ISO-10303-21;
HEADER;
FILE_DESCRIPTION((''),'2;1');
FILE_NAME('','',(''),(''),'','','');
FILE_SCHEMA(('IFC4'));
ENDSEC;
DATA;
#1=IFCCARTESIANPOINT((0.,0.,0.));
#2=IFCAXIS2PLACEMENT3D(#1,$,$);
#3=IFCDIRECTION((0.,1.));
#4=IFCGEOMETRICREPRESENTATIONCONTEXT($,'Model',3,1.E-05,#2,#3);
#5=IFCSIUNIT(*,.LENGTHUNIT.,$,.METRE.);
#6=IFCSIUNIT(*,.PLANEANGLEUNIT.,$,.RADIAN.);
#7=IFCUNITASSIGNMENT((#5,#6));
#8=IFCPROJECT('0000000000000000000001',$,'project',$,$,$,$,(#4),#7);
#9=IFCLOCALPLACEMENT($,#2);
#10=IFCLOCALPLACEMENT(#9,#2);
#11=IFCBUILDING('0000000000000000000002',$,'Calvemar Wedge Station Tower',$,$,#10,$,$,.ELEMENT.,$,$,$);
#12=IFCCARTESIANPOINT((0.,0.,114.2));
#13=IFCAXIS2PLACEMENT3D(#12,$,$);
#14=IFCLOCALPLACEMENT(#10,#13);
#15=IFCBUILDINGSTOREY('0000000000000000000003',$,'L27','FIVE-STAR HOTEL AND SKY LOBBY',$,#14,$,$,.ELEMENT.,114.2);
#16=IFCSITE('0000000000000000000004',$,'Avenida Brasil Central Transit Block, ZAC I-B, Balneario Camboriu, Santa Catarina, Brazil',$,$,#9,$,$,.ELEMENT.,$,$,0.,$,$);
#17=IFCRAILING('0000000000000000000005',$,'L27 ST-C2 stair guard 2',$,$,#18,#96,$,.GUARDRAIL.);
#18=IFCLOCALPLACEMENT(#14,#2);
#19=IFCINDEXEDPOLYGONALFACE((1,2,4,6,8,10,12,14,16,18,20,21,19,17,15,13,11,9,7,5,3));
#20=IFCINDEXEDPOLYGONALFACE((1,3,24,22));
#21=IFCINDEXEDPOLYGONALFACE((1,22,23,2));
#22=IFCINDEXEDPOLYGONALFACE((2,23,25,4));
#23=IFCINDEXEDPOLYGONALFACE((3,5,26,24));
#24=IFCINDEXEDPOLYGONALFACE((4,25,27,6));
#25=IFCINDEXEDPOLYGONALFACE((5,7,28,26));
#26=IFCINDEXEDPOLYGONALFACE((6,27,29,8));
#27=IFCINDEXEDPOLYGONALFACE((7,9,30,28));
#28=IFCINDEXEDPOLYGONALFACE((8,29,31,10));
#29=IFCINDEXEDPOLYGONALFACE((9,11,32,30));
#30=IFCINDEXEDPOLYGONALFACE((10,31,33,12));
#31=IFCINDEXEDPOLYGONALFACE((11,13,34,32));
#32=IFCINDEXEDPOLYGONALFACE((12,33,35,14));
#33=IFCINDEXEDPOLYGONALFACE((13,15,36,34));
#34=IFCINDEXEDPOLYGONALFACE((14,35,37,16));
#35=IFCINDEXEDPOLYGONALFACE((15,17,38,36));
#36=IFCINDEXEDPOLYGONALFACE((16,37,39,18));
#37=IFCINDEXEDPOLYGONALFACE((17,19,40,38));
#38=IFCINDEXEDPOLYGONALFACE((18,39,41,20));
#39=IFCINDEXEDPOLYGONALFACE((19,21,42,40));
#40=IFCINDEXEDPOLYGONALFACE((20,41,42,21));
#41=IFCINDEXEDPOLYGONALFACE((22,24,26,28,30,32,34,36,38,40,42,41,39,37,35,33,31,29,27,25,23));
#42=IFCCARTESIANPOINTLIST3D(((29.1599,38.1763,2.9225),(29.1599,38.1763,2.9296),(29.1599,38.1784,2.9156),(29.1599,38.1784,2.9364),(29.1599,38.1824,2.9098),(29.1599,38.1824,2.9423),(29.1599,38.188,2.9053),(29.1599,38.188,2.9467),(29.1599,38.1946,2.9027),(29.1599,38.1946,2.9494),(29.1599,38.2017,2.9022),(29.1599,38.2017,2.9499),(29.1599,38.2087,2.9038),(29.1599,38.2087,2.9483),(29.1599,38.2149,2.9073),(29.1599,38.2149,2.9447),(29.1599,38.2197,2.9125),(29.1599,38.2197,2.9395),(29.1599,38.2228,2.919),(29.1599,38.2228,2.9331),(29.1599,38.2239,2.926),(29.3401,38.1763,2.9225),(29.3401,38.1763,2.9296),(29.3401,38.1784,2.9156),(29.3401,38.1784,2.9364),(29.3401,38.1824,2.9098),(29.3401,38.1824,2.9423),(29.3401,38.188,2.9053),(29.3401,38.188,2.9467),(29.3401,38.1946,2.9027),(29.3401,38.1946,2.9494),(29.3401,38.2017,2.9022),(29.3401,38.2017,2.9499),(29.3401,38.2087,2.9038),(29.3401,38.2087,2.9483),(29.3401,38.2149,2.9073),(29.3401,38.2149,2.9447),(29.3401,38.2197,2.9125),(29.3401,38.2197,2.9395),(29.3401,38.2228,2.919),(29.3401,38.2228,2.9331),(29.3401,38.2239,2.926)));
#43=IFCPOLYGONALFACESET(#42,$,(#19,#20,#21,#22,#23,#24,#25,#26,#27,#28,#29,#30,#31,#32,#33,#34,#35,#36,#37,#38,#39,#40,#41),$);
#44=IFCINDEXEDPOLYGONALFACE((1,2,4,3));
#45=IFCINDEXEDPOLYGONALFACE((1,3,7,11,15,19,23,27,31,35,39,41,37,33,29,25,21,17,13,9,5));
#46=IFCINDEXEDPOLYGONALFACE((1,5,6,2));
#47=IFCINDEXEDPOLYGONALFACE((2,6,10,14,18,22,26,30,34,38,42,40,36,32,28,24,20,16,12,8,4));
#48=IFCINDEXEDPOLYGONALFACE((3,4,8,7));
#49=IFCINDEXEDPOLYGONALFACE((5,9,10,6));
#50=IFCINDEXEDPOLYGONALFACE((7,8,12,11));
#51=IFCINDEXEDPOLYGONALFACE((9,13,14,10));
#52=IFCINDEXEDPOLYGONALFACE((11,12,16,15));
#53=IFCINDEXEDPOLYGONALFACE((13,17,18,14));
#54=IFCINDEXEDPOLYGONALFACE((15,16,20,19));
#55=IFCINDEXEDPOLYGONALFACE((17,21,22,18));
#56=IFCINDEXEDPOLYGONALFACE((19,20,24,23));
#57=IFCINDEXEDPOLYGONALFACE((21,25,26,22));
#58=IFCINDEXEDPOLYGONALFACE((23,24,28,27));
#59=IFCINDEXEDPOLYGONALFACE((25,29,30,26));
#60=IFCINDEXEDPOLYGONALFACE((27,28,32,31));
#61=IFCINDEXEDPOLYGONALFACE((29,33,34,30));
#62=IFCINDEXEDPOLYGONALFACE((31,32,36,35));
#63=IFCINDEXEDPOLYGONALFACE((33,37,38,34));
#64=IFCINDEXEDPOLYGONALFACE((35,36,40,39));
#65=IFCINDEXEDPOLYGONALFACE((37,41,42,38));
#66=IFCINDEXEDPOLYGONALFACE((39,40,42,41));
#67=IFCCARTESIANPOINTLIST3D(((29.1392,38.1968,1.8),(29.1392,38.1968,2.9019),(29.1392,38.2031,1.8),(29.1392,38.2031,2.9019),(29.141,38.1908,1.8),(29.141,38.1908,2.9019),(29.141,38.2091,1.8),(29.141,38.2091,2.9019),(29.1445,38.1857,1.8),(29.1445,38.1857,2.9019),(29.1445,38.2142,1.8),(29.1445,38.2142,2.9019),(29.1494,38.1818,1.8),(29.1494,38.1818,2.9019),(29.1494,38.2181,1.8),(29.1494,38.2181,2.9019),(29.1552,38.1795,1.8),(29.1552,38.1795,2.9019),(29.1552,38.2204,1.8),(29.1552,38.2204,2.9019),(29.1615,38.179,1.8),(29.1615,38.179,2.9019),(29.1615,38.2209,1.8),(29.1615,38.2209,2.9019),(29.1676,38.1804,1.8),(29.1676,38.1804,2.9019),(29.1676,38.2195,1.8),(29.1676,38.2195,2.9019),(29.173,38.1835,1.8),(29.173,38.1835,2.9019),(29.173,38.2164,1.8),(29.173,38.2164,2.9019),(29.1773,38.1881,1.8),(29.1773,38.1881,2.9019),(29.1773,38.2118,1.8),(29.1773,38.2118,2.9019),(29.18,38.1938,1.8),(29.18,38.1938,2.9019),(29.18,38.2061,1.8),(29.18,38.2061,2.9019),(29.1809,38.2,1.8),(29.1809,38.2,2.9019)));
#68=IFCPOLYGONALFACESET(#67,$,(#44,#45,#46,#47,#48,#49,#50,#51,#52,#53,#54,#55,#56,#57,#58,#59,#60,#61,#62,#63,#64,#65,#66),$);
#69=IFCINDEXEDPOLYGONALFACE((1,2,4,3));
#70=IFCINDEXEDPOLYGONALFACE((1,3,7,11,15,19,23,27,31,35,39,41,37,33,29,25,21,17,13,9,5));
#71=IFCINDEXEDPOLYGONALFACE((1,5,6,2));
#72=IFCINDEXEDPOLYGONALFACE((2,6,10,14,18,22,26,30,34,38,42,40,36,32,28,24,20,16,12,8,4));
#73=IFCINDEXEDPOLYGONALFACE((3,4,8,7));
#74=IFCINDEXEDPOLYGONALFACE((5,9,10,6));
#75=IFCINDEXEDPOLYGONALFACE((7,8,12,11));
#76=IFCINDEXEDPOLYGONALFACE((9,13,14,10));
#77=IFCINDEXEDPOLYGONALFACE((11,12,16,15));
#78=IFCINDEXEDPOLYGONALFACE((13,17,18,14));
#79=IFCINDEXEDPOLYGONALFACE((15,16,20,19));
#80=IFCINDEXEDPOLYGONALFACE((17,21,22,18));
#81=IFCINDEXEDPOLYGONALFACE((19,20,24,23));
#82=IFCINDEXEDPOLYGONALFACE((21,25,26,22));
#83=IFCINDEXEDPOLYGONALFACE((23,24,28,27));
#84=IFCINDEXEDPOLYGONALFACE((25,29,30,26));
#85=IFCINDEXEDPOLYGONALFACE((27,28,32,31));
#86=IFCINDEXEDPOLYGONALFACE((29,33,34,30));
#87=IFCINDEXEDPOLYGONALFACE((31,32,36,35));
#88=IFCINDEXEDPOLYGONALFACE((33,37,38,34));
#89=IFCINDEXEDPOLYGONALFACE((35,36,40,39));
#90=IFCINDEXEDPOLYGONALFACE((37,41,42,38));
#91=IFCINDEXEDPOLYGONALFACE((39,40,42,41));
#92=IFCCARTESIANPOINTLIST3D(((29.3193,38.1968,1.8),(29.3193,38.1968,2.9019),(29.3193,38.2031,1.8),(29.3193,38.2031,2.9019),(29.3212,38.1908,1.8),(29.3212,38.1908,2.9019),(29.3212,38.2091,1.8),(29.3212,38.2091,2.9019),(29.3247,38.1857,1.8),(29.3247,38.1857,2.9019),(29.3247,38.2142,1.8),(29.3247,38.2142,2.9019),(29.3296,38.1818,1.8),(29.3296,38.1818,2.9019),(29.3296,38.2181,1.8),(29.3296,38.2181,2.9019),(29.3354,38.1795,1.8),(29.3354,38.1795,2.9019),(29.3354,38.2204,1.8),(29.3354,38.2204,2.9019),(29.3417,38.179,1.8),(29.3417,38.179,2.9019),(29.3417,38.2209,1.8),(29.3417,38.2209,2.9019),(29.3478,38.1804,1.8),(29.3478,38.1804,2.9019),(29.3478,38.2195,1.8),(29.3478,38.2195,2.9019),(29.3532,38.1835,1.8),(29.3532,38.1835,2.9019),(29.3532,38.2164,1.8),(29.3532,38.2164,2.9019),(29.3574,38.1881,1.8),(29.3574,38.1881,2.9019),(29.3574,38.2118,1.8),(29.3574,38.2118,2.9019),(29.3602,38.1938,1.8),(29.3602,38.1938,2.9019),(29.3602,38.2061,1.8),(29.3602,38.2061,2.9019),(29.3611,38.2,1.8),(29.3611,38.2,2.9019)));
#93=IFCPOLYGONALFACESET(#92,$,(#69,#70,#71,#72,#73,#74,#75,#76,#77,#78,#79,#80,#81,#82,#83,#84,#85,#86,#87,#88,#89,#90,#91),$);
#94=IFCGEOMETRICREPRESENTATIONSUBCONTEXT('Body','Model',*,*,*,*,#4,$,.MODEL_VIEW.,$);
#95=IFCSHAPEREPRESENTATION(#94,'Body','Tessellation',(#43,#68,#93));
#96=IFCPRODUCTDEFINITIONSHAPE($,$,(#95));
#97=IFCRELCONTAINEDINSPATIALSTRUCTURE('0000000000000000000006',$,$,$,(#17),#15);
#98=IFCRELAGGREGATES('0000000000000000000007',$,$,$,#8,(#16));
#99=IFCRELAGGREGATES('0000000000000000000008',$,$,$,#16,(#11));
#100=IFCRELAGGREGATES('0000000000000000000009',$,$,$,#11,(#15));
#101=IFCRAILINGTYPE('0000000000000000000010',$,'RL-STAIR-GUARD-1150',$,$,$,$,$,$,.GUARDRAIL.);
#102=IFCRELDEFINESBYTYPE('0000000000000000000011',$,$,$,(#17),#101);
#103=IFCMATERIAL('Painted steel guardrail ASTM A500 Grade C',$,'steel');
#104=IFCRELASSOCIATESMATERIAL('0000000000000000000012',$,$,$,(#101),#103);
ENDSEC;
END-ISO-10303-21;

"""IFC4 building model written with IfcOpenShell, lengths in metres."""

from ifc_helpers import new_model, si_unit, direction, frame, origin, origin_2d, place, context, subcontext, project, spatial, circle, extrude, material, type_object, element, save


model = new_model("IFC4")

# Units and contexts
model_context = context("Model", 3, precision=1e-05, world=origin(), true_north=direction((0.0, 1.0)))
body_context = subcontext(model_context, "Body", "Model", "MODEL_VIEW")
ifc_project = project(units=[si_unit("LENGTHUNIT", "METRE"), si_unit("PLANEANGLEUNIT", "RADIAN")], contexts=[model_context])

# Site, building, storey
site_placement = place(None, origin())
site = spatial("IfcSite", under=ifc_project, at=site_placement, Name="Avenida Brasil Central Transit Block, ZAC I-B, Balneario Camboriu, Santa Catarina, Brazil", CompositionType="ELEMENT", RefElevation=0.0)
building_placement = place(site_placement, origin())
building = spatial("IfcBuilding", under=site, at=building_placement, Name="Calvemar Wedge Station Tower", CompositionType="ELEMENT")
storey_placement = place(building_placement, frame((0.0, 0.0, 114.2)))
storey = spatial("IfcBuildingStorey", under=building, at=storey_placement, Name="L27", Description="FIVE-STAR HOTEL AND SKY LOBBY", CompositionType="ELEMENT", Elevation=114.2)

# Railing
ifc_material_1 = material(Name="Painted steel guardrail ASTM A500 Grade C", Category="steel")
railing_type_1 = type_object("IfcRailingType", Name="RL-STAIR-GUARD-1150", PredefinedType="GUARDRAIL", material=ifc_material_1)
railing_1_placement = place(storey_placement, frame((29.1599, 38.2, 1.8)))
element("IfcRailing", 1, at=railing_1_placement, inside=storey, type_object=railing_type_1, Name="L27 ST-C2 stair guard 2", PredefinedType="GUARDRAIL", context=body_context, shape_type="SweptSolid", body=[
    extrude(circle(Radius=0.0239, at=origin_2d()), frame((0.0, 0.0, 1.126), z_axis=(1.0, 0.0, 0.0), x_axis=(0.0, 1.0, 0.0)), (0.0, 0.0, 1.0), 0.1802),
    extrude(circle(Radius=0.021, at=origin_2d()), origin(), (0.0, 0.0, 1.0), 1.1018),
    extrude(circle(Radius=0.021, at=origin_2d()), frame((0.1802, 0.0, 0.0)), (0.0, 0.0, 1.0), 1.1018),
])

save(model, "model.ifc")
